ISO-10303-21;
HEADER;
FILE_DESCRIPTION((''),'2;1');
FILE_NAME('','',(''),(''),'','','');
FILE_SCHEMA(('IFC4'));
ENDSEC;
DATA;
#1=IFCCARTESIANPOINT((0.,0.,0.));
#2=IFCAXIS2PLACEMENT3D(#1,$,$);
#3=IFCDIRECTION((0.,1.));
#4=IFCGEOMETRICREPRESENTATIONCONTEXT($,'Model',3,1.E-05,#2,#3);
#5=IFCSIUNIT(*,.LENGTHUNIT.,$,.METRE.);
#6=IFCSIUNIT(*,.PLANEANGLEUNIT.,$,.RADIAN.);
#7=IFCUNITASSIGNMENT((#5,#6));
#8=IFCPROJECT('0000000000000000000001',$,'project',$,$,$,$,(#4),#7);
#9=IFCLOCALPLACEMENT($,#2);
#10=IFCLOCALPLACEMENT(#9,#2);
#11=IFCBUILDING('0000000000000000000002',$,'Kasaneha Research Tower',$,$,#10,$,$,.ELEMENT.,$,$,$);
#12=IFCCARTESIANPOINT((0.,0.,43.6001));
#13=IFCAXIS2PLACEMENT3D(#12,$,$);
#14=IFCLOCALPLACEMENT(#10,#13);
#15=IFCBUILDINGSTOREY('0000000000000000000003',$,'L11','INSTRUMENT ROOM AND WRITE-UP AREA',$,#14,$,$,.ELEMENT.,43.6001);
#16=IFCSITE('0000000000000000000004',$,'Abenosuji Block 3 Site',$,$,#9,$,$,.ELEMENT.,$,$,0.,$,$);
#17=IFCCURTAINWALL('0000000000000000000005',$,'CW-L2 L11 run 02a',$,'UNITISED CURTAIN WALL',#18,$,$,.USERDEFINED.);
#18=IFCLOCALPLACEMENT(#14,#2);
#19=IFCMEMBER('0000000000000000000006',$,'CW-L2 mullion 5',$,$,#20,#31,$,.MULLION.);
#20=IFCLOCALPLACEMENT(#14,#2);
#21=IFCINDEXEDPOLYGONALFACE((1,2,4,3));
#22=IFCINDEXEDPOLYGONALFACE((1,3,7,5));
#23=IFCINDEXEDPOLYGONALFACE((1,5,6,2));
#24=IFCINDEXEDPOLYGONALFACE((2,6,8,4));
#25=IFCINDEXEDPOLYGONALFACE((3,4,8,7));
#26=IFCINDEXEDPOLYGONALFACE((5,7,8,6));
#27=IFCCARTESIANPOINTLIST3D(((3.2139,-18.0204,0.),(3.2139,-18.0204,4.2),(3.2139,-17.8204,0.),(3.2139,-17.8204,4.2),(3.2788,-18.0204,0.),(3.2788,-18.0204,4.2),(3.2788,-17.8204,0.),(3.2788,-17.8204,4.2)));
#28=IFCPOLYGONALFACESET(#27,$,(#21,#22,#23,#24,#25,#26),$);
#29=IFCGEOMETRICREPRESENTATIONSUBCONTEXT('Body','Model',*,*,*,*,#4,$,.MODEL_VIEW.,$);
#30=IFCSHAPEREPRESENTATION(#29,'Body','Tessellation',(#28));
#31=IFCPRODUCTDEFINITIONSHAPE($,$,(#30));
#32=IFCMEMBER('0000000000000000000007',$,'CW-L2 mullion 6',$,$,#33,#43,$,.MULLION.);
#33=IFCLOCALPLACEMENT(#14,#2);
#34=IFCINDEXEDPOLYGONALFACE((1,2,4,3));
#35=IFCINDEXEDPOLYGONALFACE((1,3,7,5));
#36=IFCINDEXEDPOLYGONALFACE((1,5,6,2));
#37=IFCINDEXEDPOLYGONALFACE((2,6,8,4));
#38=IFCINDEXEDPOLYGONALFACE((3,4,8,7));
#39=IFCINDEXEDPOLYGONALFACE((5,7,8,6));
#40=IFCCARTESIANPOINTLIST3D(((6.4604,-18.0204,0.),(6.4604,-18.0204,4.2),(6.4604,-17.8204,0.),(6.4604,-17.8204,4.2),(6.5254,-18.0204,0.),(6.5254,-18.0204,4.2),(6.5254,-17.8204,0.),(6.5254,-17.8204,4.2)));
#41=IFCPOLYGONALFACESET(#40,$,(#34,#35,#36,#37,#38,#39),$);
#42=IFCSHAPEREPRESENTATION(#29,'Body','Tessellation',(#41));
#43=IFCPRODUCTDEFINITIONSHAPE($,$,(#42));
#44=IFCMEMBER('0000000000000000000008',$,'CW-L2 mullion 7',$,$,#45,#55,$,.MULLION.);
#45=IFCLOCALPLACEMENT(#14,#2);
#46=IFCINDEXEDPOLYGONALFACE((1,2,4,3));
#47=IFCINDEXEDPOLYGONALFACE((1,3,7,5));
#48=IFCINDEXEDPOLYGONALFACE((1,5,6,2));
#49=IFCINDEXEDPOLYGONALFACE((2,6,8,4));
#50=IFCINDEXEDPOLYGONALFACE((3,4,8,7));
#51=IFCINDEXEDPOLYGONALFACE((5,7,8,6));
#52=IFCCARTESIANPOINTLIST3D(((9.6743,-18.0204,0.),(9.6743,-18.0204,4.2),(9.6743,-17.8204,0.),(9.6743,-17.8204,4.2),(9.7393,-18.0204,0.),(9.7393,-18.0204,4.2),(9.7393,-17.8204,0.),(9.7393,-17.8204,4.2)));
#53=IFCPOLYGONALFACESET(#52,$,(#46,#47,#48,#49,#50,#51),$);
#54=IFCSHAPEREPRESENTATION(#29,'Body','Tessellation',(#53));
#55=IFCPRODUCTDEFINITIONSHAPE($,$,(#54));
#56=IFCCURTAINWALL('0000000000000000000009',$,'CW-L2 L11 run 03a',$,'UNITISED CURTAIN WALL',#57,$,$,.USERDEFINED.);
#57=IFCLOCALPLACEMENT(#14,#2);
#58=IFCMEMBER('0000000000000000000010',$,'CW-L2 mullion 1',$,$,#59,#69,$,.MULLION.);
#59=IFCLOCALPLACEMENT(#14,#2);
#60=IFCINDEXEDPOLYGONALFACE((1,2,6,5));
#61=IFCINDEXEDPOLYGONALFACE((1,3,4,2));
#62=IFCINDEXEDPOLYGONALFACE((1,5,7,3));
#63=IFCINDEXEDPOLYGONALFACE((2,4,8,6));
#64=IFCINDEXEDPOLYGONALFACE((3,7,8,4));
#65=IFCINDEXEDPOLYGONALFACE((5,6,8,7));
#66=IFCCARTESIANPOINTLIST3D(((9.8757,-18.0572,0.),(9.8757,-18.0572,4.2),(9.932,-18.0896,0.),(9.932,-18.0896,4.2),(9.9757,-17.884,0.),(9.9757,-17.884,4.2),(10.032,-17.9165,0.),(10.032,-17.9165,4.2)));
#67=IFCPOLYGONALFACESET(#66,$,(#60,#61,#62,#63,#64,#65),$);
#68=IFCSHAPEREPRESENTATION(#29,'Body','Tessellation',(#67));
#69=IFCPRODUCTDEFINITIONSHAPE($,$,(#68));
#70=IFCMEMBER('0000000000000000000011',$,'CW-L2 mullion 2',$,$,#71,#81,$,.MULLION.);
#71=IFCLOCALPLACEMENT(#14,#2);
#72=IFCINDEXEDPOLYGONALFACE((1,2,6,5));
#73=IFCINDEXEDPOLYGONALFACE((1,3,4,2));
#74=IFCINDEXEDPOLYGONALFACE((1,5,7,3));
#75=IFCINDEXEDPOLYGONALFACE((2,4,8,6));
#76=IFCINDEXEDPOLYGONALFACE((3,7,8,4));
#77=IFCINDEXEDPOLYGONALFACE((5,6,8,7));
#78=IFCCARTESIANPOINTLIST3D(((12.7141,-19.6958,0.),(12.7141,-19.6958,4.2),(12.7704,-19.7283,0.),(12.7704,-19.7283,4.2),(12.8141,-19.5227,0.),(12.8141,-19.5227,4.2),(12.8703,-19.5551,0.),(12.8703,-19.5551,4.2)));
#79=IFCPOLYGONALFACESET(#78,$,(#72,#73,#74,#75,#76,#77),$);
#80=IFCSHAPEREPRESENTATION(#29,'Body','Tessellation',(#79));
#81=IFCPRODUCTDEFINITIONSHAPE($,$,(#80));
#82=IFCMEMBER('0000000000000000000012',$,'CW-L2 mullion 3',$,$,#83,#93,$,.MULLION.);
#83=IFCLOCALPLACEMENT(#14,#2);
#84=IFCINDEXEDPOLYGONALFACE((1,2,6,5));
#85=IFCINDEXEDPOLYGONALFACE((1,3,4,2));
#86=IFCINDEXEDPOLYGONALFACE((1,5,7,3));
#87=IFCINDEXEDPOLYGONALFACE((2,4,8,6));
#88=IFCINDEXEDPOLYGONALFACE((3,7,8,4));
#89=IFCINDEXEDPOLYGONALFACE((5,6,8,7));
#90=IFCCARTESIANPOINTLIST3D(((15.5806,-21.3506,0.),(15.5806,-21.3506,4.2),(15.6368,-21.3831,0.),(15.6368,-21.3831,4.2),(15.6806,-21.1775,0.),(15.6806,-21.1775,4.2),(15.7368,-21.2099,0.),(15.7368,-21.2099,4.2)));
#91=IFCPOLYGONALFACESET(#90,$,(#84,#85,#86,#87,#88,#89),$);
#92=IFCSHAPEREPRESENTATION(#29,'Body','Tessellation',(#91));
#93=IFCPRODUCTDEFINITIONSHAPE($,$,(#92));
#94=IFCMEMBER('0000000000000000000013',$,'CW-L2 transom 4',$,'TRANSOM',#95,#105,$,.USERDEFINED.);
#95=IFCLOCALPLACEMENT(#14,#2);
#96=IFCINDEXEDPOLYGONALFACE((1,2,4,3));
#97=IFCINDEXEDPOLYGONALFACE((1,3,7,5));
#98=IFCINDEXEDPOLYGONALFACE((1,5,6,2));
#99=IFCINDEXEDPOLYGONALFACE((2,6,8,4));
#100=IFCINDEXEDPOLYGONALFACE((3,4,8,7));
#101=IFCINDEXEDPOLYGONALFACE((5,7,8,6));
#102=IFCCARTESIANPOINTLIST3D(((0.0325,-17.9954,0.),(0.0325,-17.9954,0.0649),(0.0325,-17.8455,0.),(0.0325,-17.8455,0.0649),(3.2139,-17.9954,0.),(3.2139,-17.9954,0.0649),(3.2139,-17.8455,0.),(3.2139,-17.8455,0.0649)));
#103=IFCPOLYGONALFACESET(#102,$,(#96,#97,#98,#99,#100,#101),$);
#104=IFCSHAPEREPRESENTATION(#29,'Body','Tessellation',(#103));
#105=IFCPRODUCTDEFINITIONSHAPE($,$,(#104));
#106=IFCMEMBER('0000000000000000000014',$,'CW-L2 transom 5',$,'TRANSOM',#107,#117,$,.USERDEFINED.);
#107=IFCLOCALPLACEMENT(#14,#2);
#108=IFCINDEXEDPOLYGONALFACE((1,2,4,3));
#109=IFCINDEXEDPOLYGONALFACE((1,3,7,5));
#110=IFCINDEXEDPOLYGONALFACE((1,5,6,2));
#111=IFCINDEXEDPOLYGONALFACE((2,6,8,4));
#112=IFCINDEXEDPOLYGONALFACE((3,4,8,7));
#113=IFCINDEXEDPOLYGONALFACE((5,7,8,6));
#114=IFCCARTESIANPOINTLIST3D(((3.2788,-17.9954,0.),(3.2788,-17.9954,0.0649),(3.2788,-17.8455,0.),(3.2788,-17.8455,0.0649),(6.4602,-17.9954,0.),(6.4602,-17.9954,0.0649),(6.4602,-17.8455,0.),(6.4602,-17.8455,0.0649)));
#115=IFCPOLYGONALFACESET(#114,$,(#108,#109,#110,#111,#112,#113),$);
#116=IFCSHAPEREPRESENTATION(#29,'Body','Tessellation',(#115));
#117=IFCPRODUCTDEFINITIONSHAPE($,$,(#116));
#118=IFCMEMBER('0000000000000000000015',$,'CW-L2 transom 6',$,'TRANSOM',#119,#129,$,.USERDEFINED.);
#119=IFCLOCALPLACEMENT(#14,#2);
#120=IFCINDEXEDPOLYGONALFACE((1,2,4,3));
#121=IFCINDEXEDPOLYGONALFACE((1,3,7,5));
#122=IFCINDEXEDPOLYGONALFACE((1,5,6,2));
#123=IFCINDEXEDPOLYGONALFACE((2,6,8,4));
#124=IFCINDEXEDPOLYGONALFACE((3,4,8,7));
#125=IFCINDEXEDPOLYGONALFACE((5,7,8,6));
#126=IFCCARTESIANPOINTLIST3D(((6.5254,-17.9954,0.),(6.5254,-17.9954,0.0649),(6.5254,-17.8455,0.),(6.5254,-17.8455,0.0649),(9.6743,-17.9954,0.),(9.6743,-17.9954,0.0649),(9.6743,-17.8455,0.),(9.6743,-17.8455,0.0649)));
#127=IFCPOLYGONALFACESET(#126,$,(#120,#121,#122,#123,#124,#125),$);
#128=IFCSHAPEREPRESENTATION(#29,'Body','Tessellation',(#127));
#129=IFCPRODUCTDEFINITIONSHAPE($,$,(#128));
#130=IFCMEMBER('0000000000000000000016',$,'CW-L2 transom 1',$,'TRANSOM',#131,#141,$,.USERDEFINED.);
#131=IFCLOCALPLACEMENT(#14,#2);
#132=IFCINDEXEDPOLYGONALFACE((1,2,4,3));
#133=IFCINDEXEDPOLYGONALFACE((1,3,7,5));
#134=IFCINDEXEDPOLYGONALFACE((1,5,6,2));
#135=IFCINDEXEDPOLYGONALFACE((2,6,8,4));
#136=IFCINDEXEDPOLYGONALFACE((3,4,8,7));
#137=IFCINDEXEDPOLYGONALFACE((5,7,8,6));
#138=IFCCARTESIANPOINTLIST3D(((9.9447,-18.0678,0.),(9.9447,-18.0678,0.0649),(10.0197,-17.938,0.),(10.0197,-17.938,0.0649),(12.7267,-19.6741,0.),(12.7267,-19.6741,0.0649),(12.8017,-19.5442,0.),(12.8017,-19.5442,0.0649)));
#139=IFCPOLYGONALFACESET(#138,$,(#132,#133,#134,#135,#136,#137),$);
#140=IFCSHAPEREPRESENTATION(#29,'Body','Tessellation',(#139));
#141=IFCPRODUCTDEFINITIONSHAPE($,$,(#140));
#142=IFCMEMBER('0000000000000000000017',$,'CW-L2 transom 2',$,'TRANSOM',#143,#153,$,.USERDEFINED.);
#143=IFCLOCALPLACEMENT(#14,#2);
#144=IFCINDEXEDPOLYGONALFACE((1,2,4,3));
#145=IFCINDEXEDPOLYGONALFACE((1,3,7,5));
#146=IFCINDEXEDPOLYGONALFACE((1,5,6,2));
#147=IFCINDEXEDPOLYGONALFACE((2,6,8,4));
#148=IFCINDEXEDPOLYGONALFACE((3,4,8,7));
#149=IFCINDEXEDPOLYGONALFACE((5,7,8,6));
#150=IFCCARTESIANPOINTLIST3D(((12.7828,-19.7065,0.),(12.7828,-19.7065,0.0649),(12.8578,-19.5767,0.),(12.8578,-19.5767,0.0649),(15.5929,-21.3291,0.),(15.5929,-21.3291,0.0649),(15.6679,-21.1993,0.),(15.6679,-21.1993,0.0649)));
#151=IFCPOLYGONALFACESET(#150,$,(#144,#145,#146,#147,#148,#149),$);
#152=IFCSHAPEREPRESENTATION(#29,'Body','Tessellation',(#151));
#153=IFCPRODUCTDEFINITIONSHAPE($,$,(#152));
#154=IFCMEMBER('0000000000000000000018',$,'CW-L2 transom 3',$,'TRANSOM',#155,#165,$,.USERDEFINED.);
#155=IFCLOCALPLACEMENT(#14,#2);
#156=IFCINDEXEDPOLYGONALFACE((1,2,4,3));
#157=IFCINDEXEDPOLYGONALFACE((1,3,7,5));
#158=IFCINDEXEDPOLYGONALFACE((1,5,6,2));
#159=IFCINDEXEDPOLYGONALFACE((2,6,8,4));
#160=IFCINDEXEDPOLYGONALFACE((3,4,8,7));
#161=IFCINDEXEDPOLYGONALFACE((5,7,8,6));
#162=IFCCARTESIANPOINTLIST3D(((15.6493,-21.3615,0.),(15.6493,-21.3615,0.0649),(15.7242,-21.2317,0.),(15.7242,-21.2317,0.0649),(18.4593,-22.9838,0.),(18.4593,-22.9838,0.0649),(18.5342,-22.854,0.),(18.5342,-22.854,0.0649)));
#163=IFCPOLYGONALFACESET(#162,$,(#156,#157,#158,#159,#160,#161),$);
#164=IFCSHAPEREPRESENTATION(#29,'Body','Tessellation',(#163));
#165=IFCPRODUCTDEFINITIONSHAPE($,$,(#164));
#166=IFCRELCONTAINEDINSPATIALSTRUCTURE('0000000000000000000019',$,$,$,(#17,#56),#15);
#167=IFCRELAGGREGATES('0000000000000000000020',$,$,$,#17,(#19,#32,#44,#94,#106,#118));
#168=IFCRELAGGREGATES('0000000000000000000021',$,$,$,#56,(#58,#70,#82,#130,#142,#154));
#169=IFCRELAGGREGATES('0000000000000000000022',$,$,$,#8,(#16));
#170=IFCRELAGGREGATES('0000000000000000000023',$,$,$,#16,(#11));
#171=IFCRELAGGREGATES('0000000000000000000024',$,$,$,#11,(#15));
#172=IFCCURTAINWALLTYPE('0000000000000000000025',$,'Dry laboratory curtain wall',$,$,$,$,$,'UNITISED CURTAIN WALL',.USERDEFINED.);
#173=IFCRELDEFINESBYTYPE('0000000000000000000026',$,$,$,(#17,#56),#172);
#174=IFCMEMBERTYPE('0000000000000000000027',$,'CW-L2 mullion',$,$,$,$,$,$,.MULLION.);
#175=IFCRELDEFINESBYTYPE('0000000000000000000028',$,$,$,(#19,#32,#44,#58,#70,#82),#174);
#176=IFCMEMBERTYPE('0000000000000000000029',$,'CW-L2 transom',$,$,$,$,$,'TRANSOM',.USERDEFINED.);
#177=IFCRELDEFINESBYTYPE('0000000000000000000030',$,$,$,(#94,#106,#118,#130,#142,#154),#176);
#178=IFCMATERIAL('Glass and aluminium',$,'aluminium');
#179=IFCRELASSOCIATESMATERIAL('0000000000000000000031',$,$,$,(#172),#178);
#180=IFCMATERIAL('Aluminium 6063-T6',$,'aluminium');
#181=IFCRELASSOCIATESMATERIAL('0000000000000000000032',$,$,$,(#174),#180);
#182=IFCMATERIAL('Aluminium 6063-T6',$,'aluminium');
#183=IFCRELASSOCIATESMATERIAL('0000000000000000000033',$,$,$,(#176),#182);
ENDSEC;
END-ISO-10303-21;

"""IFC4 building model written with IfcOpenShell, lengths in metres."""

from ifc_helpers import new_model, si_unit, direction, frame, origin, origin_2d, place, context, subcontext, project, spatial, rectangle, extrude, material, material_profile, profile_set, type_object, element, aggregate, save


model = new_model("IFC4")

# Units and contexts
model_context = context("Model", 3, precision=1e-05, world=origin(), true_north=direction((0.0, 1.0)))
body_context = subcontext(model_context, "Body", "Model", "MODEL_VIEW")
ifc_project = project(units=[si_unit("LENGTHUNIT", "METRE"), si_unit("PLANEANGLEUNIT", "RADIAN")], contexts=[model_context])

# Site, building, storey
site_placement = place(None, origin())
site = spatial("IfcSite", under=ifc_project, at=site_placement, Name="Abenosuji Block 3 Site", CompositionType="ELEMENT", RefElevation=0.0)
building_placement = place(site_placement, origin())
building = spatial("IfcBuilding", under=site, at=building_placement, Name="Kasaneha Research Tower", CompositionType="ELEMENT")
storey_placement = place(building_placement, frame((0.0, 0.0, 43.6001)))
storey = spatial("IfcBuildingStorey", under=building, at=storey_placement, Name="L11", Description="INSTRUMENT ROOM AND WRITE-UP AREA", CompositionType="ELEMENT", Elevation=43.6001)

# Curtain walls, members
ifc_material_1 = material(Name="Glass and aluminium", Category="aluminium")
curtain_wall_type = type_object("IfcCurtainWallType", Name="Dry laboratory curtain wall", ElementType="UNITISED CURTAIN WALL", PredefinedType="USERDEFINED", material=ifc_material_1)
curtain_wall_1_placement = place(storey_placement, origin())
curtain_wall_1 = element("IfcCurtainWall", 1, at=curtain_wall_1_placement, inside=storey, type_object=curtain_wall_type, Name="CW-L2 L11 run 02a", ObjectType="UNITISED CURTAIN WALL", PredefinedType="USERDEFINED")
ifc_material_2 = material(Name="Aluminium 6063-T6", Category="aluminium")
ifc_material_profile_1 = material_profile(ifc_material_2, rectangle(XDim=0.0649, YDim=0.2, at=origin_2d()), Name="CW-L2 mullion 65x200")
ifc_profile_set_1 = profile_set([ifc_material_profile_1], Name="Aluminium 6063-T6")
member_type_1 = type_object("IfcMemberType", Name="CW-L2 mullion", PredefinedType="MULLION", material=ifc_profile_set_1)
member_1_placement = place(storey_placement, frame((3.2463, -17.9204, 0.0), z_axis=(0.0, 0.0, 1.0), x_axis=(1.0, 0.0, 0.0)))
member_1 = element("IfcMember", 2, at=member_1_placement, type_object=member_type_1, Name="CW-L2 mullion 5", PredefinedType="MULLION", context=body_context, shape_type="SweptSolid", body=[
    extrude(rectangle(XDim=0.0649, YDim=0.2, at=origin_2d()), origin(), (0.0, 0.0, 1.0), 4.2),
])
member_2_placement = place(storey_placement, frame((6.4929, -17.9204, 0.0), z_axis=(0.0, 0.0, 1.0), x_axis=(1.0, 0.0, 0.0)))
member_2 = element("IfcMember", 3, at=member_2_placement, type_object=member_type_1, Name="CW-L2 mullion 6", PredefinedType="MULLION", context=body_context, shape_type="SweptSolid", body=[
    extrude(rectangle(XDim=0.0649, YDim=0.2, at=origin_2d()), origin(), (0.0, 0.0, 1.0), 4.2),
])
member_3_placement = place(storey_placement, frame((9.7068, -17.9204, 0.0), z_axis=(0.0, 0.0, 1.0), x_axis=(1.0, 0.0, 0.0)))
member_3 = element("IfcMember", 4, at=member_3_placement, type_object=member_type_1, Name="CW-L2 mullion 7", PredefinedType="MULLION", context=body_context, shape_type="SweptSolid", body=[
    extrude(rectangle(XDim=0.0649, YDim=0.2, at=origin_2d()), origin(), (0.0, 0.0, 1.0), 4.2),
])
curtain_wall_2_placement = place(storey_placement, origin())
curtain_wall_2 = element("IfcCurtainWall", 5, at=curtain_wall_2_placement, inside=storey, type_object=curtain_wall_type, Name="CW-L2 L11 run 03a", ObjectType="UNITISED CURTAIN WALL", PredefinedType="USERDEFINED")
member_4_placement = place(storey_placement, frame((9.9539, -17.9868, 0.0), z_axis=(0.0, 0.0, 1.0), x_axis=(0.866025, -0.5, 0.0)))
member_4 = element("IfcMember", 6, at=member_4_placement, type_object=member_type_1, Name="CW-L2 mullion 1", PredefinedType="MULLION", context=body_context, shape_type="SweptSolid", body=[
    extrude(rectangle(XDim=0.0649, YDim=0.2, at=origin_2d()), origin(), (0.0, 0.0, 1.0), 4.2),
])
member_5_placement = place(storey_placement, frame((12.7922, -19.6255, 0.0), z_axis=(0.0, 0.0, 1.0), x_axis=(0.866025, -0.5, 0.0)))
member_5 = element("IfcMember", 7, at=member_5_placement, type_object=member_type_1, Name="CW-L2 mullion 2", PredefinedType="MULLION", context=body_context, shape_type="SweptSolid", body=[
    extrude(rectangle(XDim=0.0649, YDim=0.2, at=origin_2d()), origin(), (0.0, 0.0, 1.0), 4.2),
])
member_6_placement = place(storey_placement, frame((15.6587, -21.2803, 0.0), z_axis=(0.0, 0.0, 1.0), x_axis=(0.866025, -0.5, 0.0)))
member_6 = element("IfcMember", 8, at=member_6_placement, type_object=member_type_1, Name="CW-L2 mullion 3", PredefinedType="MULLION", context=body_context, shape_type="SweptSolid", body=[
    extrude(rectangle(XDim=0.0649, YDim=0.2, at=origin_2d()), origin(), (0.0, 0.0, 1.0), 4.2),
])

# Members
ifc_material_3 = material(Name="Aluminium 6063-T6", Category="aluminium")
ifc_material_profile_2 = material_profile(ifc_material_3, rectangle(XDim=0.1499, YDim=0.0649, at=origin_2d()), Name="CW-L2 transom 150x65")
ifc_profile_set_2 = profile_set([ifc_material_profile_2], Name="Aluminium 6063-T6")
member_type_2 = type_object("IfcMemberType", Name="CW-L2 transom", ElementType="TRANSOM", PredefinedType="USERDEFINED", material=ifc_profile_set_2)
member_7_placement = place(storey_placement, frame((0.0325, -17.9204, 0.0325), z_axis=(1.0, 0.0, 0.0), x_axis=(0.0, 1.0, 0.0)))
member_7 = element("IfcMember", 9, at=member_7_placement, type_object=member_type_2, Name="CW-L2 transom 4", ObjectType="TRANSOM", PredefinedType="USERDEFINED", context=body_context, shape_type="SweptSolid", body=[
    extrude(rectangle(XDim=0.1499, YDim=0.0649, at=origin_2d()), origin(), (0.0, 0.0, 1.0), 3.1814),
])
member_8_placement = place(storey_placement, frame((3.2788, -17.9204, 0.0325), z_axis=(1.0, 0.0, 0.0), x_axis=(0.0, 1.0, 0.0)))
member_8 = element("IfcMember", 10, at=member_8_placement, type_object=member_type_2, Name="CW-L2 transom 5", ObjectType="TRANSOM", PredefinedType="USERDEFINED", context=body_context, shape_type="SweptSolid", body=[
    extrude(rectangle(XDim=0.1499, YDim=0.0649, at=origin_2d()), origin(), (0.0, 0.0, 1.0), 3.1814),
])
member_9_placement = place(storey_placement, frame((6.5254, -17.9204, 0.0325), z_axis=(1.0, 0.0, 0.0), x_axis=(0.0, 1.0, 0.0)))
member_9 = element("IfcMember", 11, at=member_9_placement, type_object=member_type_2, Name="CW-L2 transom 6", ObjectType="TRANSOM", PredefinedType="USERDEFINED", context=body_context, shape_type="SweptSolid", body=[
    extrude(rectangle(XDim=0.1499, YDim=0.0649, at=origin_2d()), origin(), (0.0, 0.0, 1.0), 3.1489),
])
member_10_placement = place(storey_placement, frame((9.9822, -18.0029, 0.0325), z_axis=(0.866022, -0.500005, 0.0), x_axis=(0.500005, 0.866022, 0.0)))
member_10 = element("IfcMember", 12, at=member_10_placement, type_object=member_type_2, Name="CW-L2 transom 1", ObjectType="TRANSOM", PredefinedType="USERDEFINED", context=body_context, shape_type="SweptSolid", body=[
    extrude(rectangle(XDim=0.1499, YDim=0.0649, at=origin_2d()), origin(), (0.0, 0.0, 1.0), 3.2124),
])
member_11_placement = place(storey_placement, frame((12.8203, -19.6416, 0.0325), z_axis=(0.866003, -0.500039, 0.0), x_axis=(0.500039, 0.866003, 0.0)))
member_11 = element("IfcMember", 13, at=member_11_placement, type_object=member_type_2, Name="CW-L2 transom 2", ObjectType="TRANSOM", PredefinedType="USERDEFINED", context=body_context, shape_type="SweptSolid", body=[
    extrude(rectangle(XDim=0.1499, YDim=0.0649, at=origin_2d()), origin(), (0.0, 0.0, 1.0), 3.2449),
])
member_12_placement = place(storey_placement, frame((15.6868, -21.2966, 0.0325), z_axis=(0.866035, -0.499983, 0.0), x_axis=(0.499983, 0.866035, 0.0)))
member_12 = element("IfcMember", 14, at=member_12_placement, type_object=member_type_2, Name="CW-L2 transom 3", ObjectType="TRANSOM", PredefinedType="USERDEFINED", context=body_context, shape_type="SweptSolid", body=[
    extrude(rectangle(XDim=0.1499, YDim=0.0649, at=origin_2d()), origin(), (0.0, 0.0, 1.0), 3.2446),
])

aggregate(curtain_wall_1, [member_1, member_2, member_3, member_7, member_8, member_9])
aggregate(curtain_wall_2, [member_4, member_5, member_6, member_10, member_11, member_12])

save(model, "model.ifc")
